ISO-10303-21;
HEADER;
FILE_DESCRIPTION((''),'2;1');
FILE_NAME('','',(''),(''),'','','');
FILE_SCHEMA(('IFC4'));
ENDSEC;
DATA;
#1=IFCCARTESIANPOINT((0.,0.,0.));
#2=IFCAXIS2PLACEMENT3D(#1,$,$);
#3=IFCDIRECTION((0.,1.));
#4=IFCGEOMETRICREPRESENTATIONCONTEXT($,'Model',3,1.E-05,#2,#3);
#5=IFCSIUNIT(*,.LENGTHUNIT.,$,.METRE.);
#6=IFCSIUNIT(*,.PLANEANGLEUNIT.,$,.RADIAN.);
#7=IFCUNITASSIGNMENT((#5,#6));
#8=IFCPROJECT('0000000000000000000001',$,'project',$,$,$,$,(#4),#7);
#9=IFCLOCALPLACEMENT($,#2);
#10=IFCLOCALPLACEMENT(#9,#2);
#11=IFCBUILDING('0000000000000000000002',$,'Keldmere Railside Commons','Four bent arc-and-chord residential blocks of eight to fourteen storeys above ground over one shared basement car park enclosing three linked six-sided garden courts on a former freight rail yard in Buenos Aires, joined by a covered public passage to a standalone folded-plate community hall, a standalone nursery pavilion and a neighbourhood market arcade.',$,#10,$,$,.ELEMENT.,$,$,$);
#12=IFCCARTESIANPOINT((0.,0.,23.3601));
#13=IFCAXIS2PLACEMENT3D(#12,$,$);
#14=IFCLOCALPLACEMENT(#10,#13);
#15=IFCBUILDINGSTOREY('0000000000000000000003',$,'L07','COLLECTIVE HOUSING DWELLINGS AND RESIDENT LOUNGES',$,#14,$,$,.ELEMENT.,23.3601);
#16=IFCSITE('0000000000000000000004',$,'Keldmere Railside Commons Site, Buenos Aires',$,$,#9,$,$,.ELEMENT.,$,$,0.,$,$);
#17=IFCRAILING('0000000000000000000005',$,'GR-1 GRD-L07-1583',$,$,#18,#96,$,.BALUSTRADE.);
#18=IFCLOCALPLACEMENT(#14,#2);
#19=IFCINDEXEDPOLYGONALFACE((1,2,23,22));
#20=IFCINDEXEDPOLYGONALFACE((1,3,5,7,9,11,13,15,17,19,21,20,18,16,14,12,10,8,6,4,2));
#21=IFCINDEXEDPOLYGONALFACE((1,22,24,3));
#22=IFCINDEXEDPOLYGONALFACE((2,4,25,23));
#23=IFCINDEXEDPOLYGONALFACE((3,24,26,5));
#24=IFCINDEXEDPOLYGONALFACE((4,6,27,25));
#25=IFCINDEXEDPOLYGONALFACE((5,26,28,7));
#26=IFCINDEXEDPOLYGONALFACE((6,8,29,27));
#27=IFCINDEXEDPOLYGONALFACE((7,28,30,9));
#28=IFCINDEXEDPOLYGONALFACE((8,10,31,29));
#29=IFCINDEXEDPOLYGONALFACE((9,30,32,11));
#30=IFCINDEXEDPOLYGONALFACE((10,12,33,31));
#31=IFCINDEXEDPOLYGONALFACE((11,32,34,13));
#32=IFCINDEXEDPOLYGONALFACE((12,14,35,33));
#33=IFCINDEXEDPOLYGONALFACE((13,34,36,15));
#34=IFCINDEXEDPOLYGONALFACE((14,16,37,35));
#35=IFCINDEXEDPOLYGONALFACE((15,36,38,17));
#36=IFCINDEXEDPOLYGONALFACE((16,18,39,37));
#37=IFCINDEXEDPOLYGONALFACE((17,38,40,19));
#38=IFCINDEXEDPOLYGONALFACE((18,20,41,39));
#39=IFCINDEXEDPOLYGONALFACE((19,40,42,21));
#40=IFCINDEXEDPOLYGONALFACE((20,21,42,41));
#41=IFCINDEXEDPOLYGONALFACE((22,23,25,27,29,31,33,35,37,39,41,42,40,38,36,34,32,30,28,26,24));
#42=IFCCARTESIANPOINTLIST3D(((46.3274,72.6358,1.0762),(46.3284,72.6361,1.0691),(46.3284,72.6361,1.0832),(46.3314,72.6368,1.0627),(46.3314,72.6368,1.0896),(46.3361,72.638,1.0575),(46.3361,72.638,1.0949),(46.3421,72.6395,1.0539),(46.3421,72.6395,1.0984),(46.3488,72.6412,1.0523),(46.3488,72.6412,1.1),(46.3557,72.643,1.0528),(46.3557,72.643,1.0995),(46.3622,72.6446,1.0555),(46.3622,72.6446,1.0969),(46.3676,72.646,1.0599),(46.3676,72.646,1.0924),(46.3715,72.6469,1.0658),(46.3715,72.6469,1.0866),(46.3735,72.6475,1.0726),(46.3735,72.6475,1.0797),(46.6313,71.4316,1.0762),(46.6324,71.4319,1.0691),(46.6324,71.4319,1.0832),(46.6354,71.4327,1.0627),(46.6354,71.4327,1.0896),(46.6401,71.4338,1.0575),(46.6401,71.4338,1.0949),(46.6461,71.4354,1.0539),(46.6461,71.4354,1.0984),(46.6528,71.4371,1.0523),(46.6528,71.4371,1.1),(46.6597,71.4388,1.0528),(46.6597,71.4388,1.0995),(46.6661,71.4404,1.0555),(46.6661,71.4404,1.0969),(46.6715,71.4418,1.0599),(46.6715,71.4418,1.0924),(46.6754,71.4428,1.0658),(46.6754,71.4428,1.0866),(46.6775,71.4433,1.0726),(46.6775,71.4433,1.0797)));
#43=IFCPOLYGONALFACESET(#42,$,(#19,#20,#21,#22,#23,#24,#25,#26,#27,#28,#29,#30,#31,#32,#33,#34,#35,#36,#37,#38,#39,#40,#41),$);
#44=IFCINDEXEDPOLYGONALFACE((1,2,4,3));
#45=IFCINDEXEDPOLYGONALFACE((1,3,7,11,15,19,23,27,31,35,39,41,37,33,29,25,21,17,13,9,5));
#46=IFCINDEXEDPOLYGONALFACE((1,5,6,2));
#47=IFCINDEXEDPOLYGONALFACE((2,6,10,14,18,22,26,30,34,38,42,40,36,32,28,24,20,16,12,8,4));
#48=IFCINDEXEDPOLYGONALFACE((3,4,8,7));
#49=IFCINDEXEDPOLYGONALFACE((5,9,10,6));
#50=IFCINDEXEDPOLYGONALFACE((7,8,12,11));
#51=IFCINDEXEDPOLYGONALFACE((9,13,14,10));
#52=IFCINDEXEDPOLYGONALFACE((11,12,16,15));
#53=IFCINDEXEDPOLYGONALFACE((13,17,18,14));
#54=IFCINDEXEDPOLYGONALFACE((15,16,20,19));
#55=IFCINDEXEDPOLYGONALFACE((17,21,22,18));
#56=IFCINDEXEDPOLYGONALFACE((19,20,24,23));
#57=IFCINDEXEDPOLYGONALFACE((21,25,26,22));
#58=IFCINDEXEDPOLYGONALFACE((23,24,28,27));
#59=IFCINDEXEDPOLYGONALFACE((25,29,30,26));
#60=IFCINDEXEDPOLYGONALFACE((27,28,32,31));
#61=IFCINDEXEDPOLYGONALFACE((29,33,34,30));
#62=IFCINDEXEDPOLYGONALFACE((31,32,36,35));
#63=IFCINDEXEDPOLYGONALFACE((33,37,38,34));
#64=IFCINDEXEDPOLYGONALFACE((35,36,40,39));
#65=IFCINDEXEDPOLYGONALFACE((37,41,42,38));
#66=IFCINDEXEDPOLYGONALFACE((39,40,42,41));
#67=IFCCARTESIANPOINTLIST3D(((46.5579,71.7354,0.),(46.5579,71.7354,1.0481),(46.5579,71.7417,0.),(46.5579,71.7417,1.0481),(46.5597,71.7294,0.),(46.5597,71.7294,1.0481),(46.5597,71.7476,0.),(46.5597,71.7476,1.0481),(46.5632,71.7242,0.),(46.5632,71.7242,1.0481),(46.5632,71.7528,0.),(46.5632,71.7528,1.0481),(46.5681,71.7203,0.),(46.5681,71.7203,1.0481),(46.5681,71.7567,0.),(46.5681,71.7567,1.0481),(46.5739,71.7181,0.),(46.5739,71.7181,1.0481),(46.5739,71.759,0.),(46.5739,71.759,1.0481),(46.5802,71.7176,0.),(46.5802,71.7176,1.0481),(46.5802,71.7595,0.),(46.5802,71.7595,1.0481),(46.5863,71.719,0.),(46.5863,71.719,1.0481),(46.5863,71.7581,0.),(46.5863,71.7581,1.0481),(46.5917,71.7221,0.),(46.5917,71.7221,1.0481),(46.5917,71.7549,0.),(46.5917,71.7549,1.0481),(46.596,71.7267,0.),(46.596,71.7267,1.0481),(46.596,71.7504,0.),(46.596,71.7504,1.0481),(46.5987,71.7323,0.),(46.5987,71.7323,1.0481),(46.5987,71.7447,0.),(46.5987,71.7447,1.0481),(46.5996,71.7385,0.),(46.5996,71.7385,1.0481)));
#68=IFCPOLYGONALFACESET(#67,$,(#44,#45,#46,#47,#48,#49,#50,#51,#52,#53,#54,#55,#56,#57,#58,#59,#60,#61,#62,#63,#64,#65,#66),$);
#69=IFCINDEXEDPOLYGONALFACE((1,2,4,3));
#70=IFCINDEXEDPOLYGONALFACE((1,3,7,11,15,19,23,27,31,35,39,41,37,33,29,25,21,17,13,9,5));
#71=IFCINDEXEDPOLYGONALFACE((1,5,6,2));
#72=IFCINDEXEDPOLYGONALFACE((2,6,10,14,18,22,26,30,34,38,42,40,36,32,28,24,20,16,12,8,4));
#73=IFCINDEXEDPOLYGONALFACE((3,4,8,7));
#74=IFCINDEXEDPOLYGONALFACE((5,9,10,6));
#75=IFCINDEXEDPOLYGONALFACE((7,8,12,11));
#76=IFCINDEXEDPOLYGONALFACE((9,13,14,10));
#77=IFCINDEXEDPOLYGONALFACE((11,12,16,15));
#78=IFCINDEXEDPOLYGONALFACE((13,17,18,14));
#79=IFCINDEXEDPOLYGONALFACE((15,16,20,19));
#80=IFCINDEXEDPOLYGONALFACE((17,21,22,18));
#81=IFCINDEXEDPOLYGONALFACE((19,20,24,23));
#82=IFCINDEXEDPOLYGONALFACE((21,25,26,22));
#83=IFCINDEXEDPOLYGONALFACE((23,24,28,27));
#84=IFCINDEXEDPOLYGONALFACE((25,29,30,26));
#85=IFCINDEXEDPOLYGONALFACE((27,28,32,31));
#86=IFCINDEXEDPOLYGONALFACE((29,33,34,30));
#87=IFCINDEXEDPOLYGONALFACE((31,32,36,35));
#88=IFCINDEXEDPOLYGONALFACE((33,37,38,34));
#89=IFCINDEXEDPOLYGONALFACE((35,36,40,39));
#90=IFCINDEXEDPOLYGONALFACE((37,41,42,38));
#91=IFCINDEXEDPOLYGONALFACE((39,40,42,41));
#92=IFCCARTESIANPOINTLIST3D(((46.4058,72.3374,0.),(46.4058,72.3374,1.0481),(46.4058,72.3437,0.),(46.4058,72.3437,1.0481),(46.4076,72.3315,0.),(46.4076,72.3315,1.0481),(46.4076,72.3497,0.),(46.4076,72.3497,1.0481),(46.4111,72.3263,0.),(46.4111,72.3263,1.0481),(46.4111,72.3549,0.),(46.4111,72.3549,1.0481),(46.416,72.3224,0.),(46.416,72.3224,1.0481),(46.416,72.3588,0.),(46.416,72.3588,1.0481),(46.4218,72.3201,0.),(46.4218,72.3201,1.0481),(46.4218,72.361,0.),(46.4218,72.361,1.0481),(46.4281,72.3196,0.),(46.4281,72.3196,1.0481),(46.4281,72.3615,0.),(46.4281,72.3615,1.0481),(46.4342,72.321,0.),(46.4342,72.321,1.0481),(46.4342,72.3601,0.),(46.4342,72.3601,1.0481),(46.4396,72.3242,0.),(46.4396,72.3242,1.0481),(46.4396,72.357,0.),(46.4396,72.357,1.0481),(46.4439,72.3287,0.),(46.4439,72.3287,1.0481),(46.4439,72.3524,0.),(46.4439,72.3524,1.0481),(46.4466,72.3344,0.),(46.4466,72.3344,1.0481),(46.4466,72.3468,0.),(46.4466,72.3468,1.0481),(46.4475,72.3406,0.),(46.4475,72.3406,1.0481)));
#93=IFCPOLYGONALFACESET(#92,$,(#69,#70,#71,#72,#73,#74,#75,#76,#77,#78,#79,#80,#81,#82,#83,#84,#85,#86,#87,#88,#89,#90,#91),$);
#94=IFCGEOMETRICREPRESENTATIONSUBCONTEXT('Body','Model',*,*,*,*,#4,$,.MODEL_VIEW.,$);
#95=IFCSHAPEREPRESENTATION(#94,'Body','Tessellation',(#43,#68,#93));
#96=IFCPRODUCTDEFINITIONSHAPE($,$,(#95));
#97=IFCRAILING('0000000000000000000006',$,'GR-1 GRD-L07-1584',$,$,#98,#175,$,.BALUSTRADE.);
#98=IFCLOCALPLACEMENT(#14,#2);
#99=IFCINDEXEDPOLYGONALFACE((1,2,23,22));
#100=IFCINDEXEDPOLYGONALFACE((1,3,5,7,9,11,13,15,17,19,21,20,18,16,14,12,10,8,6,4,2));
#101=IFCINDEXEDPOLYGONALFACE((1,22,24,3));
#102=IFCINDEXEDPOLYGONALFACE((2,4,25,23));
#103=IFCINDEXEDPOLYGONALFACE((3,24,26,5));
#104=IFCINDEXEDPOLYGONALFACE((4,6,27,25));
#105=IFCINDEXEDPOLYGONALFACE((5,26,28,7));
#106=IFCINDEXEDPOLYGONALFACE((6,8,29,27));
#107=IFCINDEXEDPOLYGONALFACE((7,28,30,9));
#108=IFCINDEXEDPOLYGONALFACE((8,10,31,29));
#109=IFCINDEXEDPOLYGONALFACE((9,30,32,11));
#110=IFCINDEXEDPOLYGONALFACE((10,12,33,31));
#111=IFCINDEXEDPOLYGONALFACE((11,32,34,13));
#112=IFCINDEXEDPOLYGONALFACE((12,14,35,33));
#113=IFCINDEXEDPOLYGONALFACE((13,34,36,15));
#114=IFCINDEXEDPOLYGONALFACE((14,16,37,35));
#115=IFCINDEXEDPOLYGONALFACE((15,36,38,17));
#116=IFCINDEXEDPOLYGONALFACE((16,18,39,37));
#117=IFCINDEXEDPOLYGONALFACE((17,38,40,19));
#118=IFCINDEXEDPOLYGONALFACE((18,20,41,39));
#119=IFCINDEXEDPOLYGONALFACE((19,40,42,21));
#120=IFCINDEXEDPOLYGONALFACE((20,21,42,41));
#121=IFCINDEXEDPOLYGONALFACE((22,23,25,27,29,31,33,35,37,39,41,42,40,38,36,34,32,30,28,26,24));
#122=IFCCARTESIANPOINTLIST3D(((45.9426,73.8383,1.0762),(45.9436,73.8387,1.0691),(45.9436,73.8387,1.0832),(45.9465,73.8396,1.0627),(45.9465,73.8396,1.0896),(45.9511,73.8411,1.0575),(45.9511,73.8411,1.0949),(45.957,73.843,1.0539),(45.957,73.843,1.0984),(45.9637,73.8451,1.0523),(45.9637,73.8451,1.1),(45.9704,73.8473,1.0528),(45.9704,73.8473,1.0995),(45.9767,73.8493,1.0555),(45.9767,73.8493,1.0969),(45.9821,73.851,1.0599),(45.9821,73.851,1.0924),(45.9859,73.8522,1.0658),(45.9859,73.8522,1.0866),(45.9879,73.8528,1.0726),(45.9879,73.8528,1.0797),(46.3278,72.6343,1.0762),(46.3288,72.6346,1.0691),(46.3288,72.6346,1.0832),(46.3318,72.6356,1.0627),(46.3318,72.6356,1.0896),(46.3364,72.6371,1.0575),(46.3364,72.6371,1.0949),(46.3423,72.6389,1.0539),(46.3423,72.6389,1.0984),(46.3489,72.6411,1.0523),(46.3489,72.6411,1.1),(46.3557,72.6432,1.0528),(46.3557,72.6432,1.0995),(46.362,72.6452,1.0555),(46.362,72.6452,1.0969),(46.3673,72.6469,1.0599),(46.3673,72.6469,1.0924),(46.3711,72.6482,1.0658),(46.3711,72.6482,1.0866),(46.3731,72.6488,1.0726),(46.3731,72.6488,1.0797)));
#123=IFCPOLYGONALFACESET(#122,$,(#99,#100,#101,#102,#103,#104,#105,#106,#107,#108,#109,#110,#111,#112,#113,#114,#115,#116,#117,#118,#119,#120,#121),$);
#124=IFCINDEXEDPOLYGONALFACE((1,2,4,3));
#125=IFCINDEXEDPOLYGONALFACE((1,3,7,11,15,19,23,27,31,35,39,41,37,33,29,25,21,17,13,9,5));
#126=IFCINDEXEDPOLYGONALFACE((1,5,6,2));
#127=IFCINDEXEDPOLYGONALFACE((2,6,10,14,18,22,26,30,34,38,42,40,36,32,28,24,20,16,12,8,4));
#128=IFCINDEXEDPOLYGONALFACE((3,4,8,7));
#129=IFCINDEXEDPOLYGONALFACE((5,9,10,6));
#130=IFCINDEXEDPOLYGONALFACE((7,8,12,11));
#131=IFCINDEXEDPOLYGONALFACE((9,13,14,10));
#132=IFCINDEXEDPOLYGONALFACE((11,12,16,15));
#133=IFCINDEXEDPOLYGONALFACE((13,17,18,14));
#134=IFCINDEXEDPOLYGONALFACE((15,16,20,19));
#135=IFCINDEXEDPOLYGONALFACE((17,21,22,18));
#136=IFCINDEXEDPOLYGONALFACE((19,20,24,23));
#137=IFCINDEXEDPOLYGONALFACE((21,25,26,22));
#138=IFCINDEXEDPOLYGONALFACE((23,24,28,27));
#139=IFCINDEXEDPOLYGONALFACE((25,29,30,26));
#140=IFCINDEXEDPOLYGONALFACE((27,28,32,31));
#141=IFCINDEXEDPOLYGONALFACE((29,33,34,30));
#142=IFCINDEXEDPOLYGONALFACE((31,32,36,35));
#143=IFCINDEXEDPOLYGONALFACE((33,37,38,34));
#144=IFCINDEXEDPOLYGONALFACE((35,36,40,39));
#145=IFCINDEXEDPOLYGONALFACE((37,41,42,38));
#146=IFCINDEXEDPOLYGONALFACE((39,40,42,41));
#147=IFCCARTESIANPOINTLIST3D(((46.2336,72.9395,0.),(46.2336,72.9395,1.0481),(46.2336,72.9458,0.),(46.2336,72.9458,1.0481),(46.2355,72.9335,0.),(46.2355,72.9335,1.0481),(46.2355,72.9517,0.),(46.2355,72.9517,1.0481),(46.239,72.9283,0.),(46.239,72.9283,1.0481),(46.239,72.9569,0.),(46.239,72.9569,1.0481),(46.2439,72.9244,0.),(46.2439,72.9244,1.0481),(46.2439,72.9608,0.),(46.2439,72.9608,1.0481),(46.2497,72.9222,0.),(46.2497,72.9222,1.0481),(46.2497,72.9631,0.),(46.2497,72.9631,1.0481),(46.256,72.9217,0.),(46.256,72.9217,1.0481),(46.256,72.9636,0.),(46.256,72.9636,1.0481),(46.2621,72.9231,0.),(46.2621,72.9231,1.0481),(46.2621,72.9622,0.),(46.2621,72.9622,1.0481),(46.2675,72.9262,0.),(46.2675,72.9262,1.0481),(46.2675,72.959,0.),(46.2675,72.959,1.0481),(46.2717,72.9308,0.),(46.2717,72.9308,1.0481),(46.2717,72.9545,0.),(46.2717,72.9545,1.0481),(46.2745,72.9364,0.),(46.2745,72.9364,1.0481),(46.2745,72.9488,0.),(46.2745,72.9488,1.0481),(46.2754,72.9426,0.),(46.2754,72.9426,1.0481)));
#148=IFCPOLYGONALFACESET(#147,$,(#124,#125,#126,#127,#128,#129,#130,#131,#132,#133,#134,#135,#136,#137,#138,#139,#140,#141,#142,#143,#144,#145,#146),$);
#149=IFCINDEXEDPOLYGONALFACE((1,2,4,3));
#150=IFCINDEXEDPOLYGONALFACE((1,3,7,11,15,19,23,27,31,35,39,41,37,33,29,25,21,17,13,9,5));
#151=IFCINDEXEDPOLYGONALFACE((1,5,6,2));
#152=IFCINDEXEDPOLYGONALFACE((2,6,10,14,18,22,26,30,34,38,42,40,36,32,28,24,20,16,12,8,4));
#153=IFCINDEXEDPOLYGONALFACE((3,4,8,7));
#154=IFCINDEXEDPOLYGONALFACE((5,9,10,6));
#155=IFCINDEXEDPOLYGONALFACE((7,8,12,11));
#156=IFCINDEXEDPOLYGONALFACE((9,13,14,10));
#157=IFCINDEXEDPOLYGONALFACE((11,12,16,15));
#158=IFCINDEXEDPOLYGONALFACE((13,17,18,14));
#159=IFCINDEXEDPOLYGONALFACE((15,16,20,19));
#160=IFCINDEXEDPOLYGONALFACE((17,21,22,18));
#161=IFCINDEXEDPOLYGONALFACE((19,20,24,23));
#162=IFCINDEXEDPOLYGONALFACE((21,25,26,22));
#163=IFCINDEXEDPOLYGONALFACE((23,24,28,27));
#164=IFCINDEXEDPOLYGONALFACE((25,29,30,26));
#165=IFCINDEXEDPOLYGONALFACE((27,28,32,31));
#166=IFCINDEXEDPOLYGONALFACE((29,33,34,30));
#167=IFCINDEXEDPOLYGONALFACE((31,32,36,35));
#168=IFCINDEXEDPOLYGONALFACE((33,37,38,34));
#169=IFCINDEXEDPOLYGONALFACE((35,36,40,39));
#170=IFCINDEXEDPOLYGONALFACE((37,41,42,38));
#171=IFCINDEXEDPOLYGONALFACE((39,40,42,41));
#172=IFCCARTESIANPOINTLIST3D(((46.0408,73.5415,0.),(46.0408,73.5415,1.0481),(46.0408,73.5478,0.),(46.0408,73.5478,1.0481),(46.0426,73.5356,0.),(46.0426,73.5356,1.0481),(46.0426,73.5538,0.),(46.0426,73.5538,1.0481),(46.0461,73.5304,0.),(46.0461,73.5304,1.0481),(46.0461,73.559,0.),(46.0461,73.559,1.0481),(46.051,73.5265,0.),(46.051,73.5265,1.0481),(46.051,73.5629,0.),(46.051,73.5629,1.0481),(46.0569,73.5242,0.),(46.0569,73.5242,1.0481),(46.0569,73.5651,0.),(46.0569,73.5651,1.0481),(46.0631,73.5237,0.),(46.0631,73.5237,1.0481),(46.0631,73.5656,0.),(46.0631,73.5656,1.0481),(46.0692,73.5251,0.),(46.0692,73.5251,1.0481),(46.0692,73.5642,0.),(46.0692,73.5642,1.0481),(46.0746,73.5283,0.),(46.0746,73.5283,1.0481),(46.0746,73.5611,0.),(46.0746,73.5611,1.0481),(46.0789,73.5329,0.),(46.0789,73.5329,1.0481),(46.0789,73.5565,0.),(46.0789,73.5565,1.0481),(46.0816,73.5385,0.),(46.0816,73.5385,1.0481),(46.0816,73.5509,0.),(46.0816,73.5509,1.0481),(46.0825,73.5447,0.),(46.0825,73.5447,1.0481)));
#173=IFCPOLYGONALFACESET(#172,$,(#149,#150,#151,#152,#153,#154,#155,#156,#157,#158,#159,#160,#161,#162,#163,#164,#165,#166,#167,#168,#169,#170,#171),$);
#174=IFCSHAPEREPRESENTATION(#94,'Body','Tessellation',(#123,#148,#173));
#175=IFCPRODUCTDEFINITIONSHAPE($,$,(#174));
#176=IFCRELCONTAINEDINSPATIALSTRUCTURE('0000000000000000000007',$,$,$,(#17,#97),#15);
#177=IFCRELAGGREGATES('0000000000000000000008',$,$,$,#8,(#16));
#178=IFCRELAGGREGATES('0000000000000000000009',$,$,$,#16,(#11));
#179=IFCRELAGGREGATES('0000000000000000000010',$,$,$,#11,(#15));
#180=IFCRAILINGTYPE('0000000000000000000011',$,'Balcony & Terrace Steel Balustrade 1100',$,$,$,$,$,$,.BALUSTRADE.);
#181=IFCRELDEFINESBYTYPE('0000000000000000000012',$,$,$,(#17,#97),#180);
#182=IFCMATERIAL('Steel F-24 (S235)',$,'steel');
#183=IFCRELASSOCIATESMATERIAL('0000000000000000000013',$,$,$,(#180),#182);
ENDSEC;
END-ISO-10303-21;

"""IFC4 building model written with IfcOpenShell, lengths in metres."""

from ifc_helpers import new_model, si_unit, direction, frame, origin, origin_2d, place, context, subcontext, project, spatial, circle, extrude, material, type_object, element, save


model = new_model("IFC4")

# Units and contexts
model_context = context("Model", 3, precision=1e-05, world=origin(), true_north=direction((0.0, 1.0)))
body_context = subcontext(model_context, "Body", "Model", "MODEL_VIEW")
ifc_project = project(units=[si_unit("LENGTHUNIT", "METRE"), si_unit("PLANEANGLEUNIT", "RADIAN")], contexts=[model_context])

# Site, building, storey
site_placement = place(None, origin())
site = spatial("IfcSite", under=ifc_project, at=site_placement, Name="Keldmere Railside Commons Site, Buenos Aires", CompositionType="ELEMENT", RefElevation=0.0)
building_placement = place(site_placement, origin())
building = spatial("IfcBuilding", under=site, at=building_placement, Name="Keldmere Railside Commons", Description="Four bent arc-and-chord residential blocks of eight to fourteen storeys above ground over one shared basement car park enclosing three linked six-sided garden courts on a former freight rail yard in Buenos Aires, joined by a covered public passage to a standalone folded-plate community hall, a standalone nursery pavilion and a neighbourhood market arcade.", CompositionType="ELEMENT")
storey_placement = place(building_placement, frame((0.0, 0.0, 23.3601)))
storey = spatial("IfcBuildingStorey", under=building, at=storey_placement, Name="L07", Description="COLLECTIVE HOUSING DWELLINGS AND RESIDENT LOUNGES", CompositionType="ELEMENT", Elevation=23.3601)

# Shared definitions
ifc_material_1 = material(Name="Steel F-24 (S235)", Category="steel")

# Railings
railing_type_1 = type_object("IfcRailingType", Name="Balcony & Terrace Steel Balustrade 1100", PredefinedType="BALUSTRADE", material=ifc_material_1)
railing_1_placement = place(storey_placement, frame((46.6545, 71.4375, 0.0)))
element("IfcRailing", 1, at=railing_1_placement, inside=storey, type_object=railing_type_1, Name="GR-1 GRD-L07-1583", PredefinedType="BALUSTRADE", context=body_context, shape_type="SweptSolid", body=[
    extrude(circle(Radius=0.0239, at=origin_2d()), frame((0.0, 0.0, 1.0762), z_axis=(-0.244755, 0.969585, 0.0), x_axis=(-0.969585, -0.244755, 0.0)), (0.0, 0.0, 1.0), 1.2419),
    extrude(circle(Radius=0.021, at=origin_2d()), frame((-0.0759, 0.301, 0.0)), (0.0, 0.0, 1.0), 1.0481),
    extrude(circle(Radius=0.021, at=origin_2d()), frame((-0.228, 0.9031, 0.0)), (0.0, 0.0, 1.0), 1.0481),
])
railing_2_placement = place(storey_placement, frame((46.3506, 72.6416, 0.0)))
element("IfcRailing", 2, at=railing_2_placement, inside=storey, type_object=railing_type_1, Name="GR-1 GRD-L07-1584", PredefinedType="BALUSTRADE", context=body_context, shape_type="SweptSolid", body=[
    extrude(circle(Radius=0.0239, at=origin_2d()), frame((0.0, 0.0, 1.0762), z_axis=(-0.304734, 0.952438, 0.0), x_axis=(-0.952438, -0.304734, 0.0)), (0.0, 0.0, 1.0), 1.2642),
    extrude(circle(Radius=0.021, at=origin_2d()), frame((-0.0962, 0.301, 0.0)), (0.0, 0.0, 1.0), 1.0481),
    extrude(circle(Radius=0.021, at=origin_2d()), frame((-0.2891, 0.9031, 0.0)), (0.0, 0.0, 1.0), 1.0481),
])

save(model, "model.ifc")
